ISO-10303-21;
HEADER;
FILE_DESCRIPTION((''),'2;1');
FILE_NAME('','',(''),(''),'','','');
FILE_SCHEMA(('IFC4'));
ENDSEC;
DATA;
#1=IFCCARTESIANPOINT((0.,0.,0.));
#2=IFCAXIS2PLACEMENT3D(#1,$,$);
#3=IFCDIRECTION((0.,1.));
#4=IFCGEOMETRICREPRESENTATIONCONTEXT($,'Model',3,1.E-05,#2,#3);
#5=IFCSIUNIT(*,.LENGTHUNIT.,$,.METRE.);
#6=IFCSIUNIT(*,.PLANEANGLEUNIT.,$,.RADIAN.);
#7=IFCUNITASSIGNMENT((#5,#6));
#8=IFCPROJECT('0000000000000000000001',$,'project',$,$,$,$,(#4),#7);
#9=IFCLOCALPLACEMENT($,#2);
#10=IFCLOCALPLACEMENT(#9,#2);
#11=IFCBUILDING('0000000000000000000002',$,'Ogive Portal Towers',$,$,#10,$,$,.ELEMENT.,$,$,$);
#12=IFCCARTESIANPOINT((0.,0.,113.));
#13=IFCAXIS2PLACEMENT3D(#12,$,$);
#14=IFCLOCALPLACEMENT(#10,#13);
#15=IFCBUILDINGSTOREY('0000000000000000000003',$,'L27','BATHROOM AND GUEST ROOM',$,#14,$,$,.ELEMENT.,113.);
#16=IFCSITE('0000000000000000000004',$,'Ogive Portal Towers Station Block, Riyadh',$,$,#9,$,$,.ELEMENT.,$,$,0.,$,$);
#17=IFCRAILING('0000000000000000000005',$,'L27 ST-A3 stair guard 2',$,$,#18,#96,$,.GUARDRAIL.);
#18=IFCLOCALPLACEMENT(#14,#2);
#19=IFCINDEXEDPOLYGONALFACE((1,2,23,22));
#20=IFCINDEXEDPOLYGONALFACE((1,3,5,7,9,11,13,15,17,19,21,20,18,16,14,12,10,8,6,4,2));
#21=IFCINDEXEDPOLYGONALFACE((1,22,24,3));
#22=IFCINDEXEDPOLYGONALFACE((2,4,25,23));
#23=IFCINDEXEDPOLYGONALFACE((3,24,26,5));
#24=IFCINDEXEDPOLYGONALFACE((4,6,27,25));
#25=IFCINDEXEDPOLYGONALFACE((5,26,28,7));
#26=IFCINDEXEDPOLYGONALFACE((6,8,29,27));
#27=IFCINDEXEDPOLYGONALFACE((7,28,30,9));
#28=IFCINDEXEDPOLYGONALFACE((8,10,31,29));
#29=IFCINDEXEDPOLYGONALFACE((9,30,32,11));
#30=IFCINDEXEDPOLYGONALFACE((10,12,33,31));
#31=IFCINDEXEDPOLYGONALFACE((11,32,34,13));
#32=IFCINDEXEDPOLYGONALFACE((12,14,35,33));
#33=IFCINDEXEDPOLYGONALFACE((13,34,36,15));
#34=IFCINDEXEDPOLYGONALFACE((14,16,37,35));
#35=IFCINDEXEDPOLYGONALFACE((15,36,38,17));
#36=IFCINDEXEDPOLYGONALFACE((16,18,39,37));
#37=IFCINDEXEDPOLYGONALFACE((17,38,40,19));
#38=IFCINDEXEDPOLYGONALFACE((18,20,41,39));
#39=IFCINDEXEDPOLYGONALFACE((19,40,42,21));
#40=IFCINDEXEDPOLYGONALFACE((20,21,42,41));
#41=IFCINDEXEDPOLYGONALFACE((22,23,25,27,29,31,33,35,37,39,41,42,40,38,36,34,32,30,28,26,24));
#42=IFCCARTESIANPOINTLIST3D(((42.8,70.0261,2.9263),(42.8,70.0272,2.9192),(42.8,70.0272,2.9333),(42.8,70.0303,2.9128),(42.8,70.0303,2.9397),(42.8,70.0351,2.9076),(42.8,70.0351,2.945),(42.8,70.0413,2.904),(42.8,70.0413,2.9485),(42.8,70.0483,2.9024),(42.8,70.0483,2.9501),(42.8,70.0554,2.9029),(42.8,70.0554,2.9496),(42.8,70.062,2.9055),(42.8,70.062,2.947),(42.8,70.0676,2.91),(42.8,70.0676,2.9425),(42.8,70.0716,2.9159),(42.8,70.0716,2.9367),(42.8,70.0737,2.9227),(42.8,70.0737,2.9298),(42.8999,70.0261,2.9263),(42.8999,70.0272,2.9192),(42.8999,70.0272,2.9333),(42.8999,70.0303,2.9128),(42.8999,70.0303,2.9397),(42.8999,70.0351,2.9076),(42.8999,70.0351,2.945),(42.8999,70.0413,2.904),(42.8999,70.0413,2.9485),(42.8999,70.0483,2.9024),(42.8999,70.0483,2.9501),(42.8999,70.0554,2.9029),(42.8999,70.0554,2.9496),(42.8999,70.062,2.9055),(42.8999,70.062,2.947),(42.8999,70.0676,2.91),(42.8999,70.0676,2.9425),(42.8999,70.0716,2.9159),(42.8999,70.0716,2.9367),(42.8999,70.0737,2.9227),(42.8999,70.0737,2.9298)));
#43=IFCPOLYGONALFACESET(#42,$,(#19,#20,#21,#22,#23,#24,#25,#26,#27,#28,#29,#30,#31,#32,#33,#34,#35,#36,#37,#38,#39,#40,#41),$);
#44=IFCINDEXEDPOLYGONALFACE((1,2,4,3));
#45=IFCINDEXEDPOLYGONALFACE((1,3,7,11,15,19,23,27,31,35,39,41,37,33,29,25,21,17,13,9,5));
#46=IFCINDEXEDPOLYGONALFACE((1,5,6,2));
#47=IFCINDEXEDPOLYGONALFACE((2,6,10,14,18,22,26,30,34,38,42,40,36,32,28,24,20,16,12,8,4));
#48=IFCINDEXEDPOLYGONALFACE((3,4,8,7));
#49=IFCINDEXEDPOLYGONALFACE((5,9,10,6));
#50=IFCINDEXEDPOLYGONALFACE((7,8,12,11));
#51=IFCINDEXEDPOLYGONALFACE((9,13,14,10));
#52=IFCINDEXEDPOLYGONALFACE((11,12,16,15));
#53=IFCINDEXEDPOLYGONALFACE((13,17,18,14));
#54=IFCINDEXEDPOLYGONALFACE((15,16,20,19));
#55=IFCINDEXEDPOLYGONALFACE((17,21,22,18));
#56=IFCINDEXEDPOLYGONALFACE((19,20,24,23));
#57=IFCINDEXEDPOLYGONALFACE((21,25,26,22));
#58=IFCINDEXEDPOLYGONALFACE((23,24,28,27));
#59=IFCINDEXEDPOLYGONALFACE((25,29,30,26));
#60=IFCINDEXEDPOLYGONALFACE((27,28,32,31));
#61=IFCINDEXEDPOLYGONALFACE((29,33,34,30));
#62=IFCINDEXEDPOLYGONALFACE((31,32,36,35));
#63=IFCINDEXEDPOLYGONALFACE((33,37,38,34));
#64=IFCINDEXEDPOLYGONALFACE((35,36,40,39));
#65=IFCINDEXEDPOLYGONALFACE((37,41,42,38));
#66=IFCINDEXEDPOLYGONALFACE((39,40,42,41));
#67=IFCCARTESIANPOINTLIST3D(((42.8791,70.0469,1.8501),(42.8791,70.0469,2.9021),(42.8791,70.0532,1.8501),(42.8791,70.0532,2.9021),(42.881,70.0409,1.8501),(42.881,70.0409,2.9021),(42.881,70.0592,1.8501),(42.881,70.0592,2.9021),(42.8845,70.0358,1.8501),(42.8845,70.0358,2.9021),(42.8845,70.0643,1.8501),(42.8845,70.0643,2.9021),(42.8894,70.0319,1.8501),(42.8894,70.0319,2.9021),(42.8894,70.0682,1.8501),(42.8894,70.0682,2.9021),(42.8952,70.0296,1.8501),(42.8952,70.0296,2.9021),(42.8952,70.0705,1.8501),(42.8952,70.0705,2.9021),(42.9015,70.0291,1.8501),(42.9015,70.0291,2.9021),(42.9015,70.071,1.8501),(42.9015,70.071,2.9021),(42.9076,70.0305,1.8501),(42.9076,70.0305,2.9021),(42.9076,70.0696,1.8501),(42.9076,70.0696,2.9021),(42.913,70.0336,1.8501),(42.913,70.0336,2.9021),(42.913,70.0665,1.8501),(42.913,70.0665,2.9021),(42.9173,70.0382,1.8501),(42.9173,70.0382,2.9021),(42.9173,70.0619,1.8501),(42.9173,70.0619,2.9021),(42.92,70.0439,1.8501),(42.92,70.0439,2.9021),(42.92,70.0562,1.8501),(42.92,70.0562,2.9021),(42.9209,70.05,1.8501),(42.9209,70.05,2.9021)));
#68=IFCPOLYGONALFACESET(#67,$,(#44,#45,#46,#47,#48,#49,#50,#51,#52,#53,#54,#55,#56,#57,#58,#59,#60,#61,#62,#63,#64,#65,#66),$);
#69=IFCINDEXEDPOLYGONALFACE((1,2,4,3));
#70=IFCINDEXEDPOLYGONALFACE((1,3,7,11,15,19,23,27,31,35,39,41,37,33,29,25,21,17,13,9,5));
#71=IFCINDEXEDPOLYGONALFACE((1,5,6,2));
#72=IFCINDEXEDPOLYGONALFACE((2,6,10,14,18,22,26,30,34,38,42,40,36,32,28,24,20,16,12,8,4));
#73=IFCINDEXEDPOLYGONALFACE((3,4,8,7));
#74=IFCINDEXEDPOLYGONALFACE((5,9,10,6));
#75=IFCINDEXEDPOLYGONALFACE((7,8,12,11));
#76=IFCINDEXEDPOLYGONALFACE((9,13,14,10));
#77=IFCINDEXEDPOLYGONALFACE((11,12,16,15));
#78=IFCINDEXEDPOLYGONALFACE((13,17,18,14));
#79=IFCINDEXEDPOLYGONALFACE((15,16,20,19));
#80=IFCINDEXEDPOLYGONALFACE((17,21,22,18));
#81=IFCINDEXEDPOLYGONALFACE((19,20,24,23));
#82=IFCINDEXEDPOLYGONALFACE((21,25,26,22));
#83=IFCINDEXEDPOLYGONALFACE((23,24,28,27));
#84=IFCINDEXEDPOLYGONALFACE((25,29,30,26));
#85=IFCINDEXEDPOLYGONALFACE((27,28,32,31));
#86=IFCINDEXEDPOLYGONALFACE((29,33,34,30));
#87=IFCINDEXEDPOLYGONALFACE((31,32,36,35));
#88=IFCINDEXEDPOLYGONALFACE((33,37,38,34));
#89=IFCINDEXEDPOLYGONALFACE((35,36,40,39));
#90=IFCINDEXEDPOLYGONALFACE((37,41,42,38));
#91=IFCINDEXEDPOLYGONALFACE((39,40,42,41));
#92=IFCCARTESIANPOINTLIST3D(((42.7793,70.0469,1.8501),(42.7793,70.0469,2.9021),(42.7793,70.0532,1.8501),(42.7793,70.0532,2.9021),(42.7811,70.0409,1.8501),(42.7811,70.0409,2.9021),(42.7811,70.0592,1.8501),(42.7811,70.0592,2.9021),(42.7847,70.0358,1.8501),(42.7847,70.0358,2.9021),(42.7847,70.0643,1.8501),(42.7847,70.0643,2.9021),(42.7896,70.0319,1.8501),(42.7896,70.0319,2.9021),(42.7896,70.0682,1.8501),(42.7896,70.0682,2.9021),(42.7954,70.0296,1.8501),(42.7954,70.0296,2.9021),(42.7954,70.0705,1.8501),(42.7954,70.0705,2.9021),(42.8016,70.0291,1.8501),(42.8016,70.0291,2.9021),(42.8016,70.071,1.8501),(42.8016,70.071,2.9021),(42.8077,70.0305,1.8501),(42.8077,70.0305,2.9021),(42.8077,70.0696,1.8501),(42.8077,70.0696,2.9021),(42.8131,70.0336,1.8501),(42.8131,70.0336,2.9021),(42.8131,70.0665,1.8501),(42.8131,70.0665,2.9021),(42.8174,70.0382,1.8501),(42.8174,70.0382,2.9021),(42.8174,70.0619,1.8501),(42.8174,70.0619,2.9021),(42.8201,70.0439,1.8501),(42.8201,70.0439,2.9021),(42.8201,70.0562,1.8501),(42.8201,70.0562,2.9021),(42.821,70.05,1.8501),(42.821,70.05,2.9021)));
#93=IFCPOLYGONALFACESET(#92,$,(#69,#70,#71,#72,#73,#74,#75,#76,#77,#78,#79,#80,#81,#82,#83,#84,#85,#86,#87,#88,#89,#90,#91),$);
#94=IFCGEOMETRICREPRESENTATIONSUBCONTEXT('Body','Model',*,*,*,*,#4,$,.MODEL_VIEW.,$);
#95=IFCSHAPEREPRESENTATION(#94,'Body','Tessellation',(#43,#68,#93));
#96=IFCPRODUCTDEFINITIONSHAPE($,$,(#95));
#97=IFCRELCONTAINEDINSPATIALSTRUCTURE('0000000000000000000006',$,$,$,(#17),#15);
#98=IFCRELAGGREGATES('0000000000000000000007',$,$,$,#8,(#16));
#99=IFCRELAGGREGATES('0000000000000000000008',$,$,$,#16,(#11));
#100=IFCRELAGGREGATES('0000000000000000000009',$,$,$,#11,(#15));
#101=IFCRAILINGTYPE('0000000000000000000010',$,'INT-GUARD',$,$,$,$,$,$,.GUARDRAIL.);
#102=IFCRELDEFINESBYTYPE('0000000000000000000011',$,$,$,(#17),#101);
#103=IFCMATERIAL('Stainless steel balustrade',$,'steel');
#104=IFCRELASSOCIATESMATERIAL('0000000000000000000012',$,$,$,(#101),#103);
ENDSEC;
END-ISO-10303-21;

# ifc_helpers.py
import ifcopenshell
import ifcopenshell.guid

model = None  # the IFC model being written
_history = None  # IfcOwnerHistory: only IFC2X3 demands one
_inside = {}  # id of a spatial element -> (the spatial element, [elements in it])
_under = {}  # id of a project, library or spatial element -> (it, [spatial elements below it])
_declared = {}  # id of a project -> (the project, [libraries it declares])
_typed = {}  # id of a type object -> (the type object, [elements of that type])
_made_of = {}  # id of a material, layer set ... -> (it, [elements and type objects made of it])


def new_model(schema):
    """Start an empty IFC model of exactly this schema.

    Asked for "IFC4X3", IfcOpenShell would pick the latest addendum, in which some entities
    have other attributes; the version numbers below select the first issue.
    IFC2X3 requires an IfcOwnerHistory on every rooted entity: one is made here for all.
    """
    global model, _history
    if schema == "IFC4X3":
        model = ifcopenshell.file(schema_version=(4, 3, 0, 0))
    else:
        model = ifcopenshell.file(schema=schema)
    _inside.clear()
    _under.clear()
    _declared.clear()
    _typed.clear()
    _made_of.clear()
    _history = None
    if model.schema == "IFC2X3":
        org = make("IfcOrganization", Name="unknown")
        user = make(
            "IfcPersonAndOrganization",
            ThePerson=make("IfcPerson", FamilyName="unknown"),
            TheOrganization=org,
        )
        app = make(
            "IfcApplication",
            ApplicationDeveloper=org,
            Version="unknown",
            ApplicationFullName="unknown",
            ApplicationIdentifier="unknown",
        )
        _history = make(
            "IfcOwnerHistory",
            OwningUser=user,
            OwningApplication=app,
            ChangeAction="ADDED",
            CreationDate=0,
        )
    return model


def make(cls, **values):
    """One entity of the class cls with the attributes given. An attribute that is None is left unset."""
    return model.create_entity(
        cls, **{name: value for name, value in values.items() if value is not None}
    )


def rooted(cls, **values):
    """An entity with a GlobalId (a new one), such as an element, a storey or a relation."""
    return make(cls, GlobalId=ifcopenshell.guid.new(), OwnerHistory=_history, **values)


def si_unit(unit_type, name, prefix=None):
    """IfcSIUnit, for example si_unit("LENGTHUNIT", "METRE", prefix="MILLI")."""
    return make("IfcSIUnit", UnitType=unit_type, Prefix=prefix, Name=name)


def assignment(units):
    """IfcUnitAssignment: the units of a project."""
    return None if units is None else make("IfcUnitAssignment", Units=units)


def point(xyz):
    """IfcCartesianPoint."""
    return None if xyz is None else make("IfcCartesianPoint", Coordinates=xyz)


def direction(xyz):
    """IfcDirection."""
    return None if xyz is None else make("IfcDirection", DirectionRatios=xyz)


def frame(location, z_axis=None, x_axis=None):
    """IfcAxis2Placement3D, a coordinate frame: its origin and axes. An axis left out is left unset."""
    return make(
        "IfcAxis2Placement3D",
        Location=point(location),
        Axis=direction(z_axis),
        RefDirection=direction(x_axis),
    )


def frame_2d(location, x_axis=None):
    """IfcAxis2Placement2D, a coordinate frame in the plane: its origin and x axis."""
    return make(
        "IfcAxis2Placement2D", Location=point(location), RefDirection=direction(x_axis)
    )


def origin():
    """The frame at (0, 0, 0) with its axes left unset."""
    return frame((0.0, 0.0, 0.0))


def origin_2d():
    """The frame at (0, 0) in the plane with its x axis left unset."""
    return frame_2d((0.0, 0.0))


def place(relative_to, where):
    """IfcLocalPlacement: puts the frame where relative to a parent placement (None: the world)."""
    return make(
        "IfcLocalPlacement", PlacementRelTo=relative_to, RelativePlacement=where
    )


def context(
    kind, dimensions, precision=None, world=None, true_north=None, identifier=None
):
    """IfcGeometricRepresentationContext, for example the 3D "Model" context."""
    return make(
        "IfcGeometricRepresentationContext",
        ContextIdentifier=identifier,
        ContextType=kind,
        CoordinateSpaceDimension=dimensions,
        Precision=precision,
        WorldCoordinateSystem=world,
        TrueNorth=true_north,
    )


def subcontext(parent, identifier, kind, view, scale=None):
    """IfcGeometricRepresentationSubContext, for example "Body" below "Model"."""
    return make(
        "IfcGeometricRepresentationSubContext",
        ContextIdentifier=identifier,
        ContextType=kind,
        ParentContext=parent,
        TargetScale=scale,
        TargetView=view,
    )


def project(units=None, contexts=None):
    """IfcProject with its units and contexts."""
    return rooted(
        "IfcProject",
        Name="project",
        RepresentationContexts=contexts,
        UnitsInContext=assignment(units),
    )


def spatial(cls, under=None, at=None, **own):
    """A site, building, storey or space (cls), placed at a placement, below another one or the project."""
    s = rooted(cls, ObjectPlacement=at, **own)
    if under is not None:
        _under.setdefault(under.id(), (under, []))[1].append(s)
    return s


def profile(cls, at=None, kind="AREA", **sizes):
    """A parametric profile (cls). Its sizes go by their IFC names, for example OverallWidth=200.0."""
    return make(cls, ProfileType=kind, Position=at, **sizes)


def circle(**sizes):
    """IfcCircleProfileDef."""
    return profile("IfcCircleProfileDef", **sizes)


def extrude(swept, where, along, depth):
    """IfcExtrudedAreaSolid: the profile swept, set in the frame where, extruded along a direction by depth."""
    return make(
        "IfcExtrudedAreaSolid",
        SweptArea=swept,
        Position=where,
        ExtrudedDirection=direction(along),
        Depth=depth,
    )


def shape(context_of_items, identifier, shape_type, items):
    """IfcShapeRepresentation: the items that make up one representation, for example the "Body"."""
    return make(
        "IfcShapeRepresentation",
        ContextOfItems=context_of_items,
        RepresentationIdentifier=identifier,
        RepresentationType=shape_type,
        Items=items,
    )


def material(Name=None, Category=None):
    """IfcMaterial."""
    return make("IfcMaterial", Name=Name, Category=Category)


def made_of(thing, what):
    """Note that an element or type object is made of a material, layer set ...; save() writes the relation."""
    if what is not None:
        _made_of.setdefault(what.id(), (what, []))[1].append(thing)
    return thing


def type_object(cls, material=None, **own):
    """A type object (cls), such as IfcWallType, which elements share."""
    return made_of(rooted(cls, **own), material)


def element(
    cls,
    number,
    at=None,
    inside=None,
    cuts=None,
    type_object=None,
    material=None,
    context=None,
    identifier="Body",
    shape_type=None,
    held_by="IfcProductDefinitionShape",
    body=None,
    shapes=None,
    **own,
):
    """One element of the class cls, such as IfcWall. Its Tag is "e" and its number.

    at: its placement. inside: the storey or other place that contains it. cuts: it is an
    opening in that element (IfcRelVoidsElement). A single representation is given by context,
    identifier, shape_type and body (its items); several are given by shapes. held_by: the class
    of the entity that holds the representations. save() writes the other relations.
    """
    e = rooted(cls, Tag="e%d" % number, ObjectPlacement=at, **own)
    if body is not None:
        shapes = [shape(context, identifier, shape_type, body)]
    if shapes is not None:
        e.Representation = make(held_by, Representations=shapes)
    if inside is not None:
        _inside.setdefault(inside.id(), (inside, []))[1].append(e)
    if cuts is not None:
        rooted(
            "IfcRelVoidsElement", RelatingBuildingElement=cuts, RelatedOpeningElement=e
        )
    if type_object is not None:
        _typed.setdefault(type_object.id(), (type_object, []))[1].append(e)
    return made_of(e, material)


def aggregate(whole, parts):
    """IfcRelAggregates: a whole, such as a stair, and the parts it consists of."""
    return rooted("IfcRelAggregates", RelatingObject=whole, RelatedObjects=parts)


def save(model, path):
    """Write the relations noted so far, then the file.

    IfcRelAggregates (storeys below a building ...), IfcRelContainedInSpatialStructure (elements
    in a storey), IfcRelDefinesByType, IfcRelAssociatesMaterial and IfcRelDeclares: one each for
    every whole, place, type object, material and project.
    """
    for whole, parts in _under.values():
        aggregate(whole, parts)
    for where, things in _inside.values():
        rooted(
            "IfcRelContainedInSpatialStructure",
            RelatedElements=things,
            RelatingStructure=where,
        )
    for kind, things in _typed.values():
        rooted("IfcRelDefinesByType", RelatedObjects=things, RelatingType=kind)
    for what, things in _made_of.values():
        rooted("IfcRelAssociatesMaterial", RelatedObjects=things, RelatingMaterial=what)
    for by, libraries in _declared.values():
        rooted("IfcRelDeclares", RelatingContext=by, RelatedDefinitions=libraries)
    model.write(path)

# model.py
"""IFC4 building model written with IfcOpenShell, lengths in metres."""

from ifc_helpers import new_model, si_unit, direction, frame, origin, origin_2d, place, context, subcontext, project, spatial, circle, extrude, material, type_object, element, save


model = new_model("IFC4")

# Units and contexts
model_context = context("Model", 3, precision=1e-05, world=origin(), true_north=direction((0.0, 1.0)))
body_context = subcontext(model_context, "Body", "Model", "MODEL_VIEW")
ifc_project = project(units=[si_unit("LENGTHUNIT", "METRE"), si_unit("PLANEANGLEUNIT", "RADIAN")], contexts=[model_context])

# Site, building, storey
site_placement = place(None, origin())
site = spatial("IfcSite", under=ifc_project, at=site_placement, Name="Ogive Portal Towers Station Block, Riyadh", CompositionType="ELEMENT", RefElevation=0.0)
building_placement = place(site_placement, origin())
building = spatial("IfcBuilding", under=site, at=building_placement, Name="Ogive Portal Towers", CompositionType="ELEMENT")
storey_placement = place(building_placement, frame((0.0, 0.0, 113.0)))
storey = spatial("IfcBuildingStorey", under=building, at=storey_placement, Name="L27", Description="BATHROOM AND GUEST ROOM", CompositionType="ELEMENT", Elevation=113.0)

# Railing
ifc_material_1 = material(Name="Stainless steel balustrade", Category="steel")
railing_type_1 = type_object("IfcRailingType", Name="INT-GUARD", PredefinedType="GUARDRAIL", material=ifc_material_1)
railing_1_placement = place(storey_placement, frame((42.8999, 70.05, 1.8501)))
element("IfcRailing", 1, at=railing_1_placement, inside=storey, type_object=railing_type_1, Name="L27 ST-A3 stair guard 2", PredefinedType="GUARDRAIL", context=body_context, shape_type="SweptSolid", body=[
    extrude(circle(Radius=0.0239, at=origin_2d()), frame((0.0, 0.0, 1.0762), z_axis=(-1.0, 0.0, 0.0), x_axis=(0.0, -1.0, 0.0)), (0.0, 0.0, 1.0), 0.0999),
    extrude(circle(Radius=0.021, at=origin_2d()), origin(), (0.0, 0.0, 1.0), 1.052),
    extrude(circle(Radius=0.021, at=origin_2d()), frame((-0.0999, 0.0, 0.0)), (0.0, 0.0, 1.0), 1.052),
])

save(model, "model.ifc")
